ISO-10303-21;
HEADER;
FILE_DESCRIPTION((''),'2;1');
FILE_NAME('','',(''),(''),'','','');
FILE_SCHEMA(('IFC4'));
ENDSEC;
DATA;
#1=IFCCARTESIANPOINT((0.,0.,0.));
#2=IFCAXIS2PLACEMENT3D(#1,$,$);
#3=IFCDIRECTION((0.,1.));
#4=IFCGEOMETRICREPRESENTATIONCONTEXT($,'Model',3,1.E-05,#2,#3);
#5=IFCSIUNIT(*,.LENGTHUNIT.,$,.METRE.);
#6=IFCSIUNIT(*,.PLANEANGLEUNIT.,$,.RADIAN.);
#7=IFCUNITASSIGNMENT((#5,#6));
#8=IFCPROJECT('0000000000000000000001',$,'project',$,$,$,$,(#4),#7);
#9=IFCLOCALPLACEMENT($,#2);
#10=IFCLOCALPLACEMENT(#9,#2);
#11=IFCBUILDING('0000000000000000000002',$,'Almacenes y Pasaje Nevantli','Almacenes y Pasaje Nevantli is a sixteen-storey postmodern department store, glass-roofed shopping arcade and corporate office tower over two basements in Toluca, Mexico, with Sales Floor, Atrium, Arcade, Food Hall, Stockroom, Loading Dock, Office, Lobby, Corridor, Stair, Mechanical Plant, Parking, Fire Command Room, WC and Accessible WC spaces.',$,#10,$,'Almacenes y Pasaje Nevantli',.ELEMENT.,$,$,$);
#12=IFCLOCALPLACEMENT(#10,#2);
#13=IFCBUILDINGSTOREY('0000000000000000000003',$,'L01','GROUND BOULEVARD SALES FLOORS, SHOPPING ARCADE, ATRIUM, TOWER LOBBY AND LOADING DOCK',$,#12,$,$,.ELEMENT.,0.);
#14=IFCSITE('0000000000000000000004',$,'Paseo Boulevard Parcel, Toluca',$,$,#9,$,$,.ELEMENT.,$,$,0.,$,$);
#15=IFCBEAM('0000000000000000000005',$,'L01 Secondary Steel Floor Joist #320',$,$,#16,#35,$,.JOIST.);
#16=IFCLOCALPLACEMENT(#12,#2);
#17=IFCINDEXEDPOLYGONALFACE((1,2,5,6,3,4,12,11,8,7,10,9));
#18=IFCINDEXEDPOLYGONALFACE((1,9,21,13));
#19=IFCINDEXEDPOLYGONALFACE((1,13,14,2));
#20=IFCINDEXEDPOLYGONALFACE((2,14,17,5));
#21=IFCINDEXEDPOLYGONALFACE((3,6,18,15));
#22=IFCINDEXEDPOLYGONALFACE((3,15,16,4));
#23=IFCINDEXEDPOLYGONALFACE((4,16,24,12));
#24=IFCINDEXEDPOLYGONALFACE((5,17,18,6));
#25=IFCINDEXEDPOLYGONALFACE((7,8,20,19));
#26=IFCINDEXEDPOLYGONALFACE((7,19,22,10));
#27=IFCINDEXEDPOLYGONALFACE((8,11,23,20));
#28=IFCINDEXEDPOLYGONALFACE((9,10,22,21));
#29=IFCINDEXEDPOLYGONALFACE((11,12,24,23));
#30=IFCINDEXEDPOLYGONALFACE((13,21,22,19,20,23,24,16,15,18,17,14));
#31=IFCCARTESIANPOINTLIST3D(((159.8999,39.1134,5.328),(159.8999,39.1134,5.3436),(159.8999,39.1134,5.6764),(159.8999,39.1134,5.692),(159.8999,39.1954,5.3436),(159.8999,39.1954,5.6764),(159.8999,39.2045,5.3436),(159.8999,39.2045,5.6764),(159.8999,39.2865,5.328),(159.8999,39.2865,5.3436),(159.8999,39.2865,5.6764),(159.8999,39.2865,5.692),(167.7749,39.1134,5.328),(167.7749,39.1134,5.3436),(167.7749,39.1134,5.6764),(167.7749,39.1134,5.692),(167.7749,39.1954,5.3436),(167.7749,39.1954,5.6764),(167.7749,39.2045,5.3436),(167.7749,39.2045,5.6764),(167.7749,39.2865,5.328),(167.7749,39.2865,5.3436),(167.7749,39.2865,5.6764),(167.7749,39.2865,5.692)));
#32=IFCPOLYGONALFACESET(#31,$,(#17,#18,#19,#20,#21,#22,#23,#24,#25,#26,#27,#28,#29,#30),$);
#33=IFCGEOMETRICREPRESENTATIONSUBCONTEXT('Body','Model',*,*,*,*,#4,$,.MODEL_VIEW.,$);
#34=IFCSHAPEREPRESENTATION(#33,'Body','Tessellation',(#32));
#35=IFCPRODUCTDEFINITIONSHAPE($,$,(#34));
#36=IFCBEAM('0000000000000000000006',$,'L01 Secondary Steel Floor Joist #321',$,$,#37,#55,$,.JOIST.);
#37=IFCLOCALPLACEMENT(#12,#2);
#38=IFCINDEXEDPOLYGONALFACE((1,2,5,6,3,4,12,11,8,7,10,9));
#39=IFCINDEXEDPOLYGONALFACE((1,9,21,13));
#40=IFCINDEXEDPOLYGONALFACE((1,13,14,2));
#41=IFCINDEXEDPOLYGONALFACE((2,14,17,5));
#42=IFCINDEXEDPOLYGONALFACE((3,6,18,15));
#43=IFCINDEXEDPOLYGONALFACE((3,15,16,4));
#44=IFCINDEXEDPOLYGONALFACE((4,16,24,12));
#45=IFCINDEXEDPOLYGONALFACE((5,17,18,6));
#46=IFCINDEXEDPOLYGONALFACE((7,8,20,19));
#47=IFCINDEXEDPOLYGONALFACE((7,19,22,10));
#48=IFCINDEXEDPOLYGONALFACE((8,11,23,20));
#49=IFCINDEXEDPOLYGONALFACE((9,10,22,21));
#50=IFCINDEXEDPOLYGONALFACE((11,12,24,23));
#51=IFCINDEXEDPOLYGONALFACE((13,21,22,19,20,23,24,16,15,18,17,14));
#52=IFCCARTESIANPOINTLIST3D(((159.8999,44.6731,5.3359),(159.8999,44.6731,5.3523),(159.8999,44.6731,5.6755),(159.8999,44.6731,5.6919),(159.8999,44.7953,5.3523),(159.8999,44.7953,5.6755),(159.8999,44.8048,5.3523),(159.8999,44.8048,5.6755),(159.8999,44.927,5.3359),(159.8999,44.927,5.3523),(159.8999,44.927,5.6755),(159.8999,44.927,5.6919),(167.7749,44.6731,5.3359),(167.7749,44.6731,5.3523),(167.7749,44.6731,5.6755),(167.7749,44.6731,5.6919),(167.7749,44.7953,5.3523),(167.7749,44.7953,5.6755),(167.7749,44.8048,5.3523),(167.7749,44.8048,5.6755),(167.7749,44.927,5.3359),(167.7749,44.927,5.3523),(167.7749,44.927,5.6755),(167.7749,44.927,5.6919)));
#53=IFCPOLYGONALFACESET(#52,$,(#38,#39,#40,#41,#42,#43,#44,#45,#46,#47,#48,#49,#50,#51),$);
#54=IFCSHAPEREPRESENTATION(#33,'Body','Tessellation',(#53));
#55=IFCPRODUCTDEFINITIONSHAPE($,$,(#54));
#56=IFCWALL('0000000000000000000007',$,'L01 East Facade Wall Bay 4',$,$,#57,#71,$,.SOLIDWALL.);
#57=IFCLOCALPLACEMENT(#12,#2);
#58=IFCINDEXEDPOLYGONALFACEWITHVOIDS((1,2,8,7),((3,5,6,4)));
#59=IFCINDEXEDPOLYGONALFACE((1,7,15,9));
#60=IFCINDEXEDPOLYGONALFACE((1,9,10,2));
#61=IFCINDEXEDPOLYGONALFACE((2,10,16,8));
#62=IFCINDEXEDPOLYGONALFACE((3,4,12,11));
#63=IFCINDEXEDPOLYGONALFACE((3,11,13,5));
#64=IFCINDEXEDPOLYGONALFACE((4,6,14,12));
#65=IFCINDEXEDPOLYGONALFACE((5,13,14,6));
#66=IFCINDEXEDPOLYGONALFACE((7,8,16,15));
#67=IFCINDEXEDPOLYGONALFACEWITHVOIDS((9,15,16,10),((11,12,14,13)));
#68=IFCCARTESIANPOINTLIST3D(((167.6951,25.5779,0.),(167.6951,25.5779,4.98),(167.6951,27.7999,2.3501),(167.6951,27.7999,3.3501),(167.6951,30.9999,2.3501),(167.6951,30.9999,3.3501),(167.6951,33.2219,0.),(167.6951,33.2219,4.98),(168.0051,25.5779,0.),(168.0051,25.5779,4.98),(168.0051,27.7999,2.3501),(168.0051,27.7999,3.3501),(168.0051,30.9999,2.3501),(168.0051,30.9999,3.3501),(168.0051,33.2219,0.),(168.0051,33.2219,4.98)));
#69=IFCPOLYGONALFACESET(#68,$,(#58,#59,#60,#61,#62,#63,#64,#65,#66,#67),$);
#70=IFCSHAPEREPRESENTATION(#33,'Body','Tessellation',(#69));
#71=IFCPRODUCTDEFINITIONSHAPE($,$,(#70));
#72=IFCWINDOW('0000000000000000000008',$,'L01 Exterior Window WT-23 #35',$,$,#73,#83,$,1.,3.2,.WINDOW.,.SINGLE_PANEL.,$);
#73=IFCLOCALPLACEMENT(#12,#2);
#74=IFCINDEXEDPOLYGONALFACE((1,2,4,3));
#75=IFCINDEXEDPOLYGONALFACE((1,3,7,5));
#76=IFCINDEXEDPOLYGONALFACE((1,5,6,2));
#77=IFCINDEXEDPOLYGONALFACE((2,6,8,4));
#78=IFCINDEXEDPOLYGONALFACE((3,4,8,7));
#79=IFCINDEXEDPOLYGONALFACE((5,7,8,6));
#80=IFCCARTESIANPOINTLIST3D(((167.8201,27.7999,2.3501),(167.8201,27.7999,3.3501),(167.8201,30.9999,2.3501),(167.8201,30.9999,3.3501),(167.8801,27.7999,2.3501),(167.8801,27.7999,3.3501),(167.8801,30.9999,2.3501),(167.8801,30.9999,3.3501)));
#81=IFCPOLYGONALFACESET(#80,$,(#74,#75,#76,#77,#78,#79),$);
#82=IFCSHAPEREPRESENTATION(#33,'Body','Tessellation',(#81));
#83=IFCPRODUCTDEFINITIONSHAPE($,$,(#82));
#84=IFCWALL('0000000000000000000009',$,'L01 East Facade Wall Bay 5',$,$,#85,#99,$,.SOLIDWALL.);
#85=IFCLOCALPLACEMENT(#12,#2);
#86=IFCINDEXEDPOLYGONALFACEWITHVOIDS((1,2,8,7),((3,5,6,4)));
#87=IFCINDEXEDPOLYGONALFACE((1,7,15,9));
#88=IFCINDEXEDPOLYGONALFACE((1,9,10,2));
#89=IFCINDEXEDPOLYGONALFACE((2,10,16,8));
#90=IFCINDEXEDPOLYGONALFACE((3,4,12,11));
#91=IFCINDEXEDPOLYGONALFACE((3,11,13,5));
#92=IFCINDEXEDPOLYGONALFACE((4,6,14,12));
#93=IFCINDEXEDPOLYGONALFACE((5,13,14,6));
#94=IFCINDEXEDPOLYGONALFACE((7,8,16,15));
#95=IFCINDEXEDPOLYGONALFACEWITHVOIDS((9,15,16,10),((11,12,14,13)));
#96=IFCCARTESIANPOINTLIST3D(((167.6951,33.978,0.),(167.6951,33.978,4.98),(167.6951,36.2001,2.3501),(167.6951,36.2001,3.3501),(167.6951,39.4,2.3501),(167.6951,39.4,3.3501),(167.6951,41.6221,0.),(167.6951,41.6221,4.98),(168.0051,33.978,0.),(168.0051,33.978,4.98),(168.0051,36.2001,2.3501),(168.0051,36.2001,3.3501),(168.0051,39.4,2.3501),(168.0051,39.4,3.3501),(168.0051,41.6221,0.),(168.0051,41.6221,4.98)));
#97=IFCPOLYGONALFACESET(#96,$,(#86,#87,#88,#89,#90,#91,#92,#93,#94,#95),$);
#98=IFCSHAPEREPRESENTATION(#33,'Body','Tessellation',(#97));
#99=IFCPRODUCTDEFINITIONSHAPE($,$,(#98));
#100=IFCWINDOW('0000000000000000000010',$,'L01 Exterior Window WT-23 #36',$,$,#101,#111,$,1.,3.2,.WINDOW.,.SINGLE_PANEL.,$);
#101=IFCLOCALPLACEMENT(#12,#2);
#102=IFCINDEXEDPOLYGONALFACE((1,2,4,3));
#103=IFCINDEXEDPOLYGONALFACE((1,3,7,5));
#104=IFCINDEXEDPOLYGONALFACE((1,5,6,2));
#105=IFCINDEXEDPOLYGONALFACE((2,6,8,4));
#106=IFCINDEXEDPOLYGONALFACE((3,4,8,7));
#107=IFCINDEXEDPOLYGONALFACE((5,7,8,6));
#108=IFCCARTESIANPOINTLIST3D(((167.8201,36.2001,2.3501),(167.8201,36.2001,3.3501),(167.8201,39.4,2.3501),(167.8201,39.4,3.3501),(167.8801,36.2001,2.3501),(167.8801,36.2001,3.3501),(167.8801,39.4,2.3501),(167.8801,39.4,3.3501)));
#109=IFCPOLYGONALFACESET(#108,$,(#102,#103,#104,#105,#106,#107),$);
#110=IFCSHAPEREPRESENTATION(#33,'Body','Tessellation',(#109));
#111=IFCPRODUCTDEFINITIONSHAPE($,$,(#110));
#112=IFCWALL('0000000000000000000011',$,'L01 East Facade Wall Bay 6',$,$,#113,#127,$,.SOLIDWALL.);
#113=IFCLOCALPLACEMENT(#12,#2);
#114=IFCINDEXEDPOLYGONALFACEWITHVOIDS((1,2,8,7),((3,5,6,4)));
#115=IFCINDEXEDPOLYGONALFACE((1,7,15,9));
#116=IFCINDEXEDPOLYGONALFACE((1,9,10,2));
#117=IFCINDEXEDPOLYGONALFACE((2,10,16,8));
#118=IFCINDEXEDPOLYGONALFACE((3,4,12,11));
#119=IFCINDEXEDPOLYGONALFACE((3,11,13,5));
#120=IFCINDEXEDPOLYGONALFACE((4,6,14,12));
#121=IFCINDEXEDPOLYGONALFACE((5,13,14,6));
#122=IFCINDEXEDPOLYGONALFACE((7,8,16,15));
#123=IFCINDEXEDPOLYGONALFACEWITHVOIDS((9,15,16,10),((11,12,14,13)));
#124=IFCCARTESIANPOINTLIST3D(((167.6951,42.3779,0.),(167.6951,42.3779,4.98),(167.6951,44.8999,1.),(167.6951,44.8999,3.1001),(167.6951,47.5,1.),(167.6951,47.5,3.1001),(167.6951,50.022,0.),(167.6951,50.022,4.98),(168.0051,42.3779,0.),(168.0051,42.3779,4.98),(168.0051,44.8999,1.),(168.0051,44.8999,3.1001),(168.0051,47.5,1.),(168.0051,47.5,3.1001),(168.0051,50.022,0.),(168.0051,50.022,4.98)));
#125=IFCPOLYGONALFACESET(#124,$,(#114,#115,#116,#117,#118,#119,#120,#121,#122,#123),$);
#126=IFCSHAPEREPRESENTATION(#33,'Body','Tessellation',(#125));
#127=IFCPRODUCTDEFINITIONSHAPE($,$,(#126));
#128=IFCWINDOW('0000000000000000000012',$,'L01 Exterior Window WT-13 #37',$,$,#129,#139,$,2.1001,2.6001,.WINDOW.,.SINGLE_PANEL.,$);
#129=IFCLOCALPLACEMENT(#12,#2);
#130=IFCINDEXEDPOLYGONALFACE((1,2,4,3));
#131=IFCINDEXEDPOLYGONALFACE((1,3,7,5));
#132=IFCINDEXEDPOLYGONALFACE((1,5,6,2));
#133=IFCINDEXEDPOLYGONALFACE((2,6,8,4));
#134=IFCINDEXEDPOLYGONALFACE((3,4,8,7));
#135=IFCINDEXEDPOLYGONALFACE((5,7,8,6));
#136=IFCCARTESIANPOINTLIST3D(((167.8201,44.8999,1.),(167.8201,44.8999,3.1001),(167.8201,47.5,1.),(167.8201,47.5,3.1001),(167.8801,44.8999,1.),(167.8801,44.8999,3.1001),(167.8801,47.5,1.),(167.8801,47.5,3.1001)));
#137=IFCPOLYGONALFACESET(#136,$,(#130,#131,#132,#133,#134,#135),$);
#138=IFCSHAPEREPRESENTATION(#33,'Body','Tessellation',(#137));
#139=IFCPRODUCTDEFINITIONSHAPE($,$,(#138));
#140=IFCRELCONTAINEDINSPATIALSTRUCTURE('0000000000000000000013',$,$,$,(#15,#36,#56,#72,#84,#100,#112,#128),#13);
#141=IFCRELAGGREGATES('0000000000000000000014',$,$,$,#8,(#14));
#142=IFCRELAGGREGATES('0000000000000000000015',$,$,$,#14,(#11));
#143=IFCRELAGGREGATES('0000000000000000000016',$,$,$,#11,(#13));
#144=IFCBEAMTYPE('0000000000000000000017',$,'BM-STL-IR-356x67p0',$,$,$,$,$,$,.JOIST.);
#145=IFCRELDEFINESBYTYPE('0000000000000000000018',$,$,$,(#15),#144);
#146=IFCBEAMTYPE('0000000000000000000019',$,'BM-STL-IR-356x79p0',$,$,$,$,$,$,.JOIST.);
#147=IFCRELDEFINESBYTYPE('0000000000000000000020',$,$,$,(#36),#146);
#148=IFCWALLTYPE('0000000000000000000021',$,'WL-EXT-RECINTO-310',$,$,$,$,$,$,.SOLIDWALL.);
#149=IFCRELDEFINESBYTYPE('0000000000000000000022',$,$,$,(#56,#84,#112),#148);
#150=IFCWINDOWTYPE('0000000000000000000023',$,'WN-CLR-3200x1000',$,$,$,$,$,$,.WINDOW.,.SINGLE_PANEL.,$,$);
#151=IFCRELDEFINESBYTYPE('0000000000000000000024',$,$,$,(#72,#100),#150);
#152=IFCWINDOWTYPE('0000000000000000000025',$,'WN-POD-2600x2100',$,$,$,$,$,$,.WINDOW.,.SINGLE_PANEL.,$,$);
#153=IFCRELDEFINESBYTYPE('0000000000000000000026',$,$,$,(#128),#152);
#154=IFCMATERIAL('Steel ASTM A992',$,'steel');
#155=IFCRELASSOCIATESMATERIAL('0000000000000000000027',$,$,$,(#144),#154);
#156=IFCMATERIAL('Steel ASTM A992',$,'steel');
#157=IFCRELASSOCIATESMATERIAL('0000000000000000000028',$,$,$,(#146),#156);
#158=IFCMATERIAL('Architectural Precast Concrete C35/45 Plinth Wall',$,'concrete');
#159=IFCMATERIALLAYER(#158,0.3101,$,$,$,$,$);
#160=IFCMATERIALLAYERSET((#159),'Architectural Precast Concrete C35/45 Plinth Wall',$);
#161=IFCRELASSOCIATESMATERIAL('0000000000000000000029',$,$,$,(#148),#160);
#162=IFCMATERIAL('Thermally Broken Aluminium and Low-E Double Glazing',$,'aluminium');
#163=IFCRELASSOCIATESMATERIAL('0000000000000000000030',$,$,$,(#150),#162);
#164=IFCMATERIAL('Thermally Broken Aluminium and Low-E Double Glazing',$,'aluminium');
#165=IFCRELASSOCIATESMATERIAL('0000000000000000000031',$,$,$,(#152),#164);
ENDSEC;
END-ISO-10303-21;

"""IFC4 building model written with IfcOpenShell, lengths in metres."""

from ifc_helpers import new_model, si_unit, direction, frame, frame_2d, origin, origin_2d, place, context, subcontext, project, spatial, rectangle, i_section, extrude, material, layer, layer_set, material_profile, profile_set, type_object, element, fill, save


model = new_model("IFC4")

# Units and contexts
model_context = context("Model", 3, precision=1e-05, world=origin(), true_north=direction((0.0, 1.0)))
body_context = subcontext(model_context, "Body", "Model", "MODEL_VIEW")
ifc_project = project(units=[si_unit("LENGTHUNIT", "METRE"), si_unit("PLANEANGLEUNIT", "RADIAN")], contexts=[model_context])

# Site, building, storey
site_placement = place(None, origin())
site = spatial("IfcSite", under=ifc_project, at=site_placement, Name="Paseo Boulevard Parcel, Toluca", CompositionType="ELEMENT", RefElevation=0.0)
building_placement = place(site_placement, origin())
building = spatial("IfcBuilding", under=site, at=building_placement, Name="Almacenes y Pasaje Nevantli", Description="Almacenes y Pasaje Nevantli is a sixteen-storey postmodern department store, glass-roofed shopping arcade and corporate office tower over two basements in Toluca, Mexico, with Sales Floor, Atrium, Arcade, Food Hall, Stockroom, Loading Dock, Office, Lobby, Corridor, Stair, Mechanical Plant, Parking, Fire Command Room, WC and Accessible WC spaces.", LongName="Almacenes y Pasaje Nevantli", CompositionType="ELEMENT")
storey_placement = place(building_placement, origin())
storey = spatial("IfcBuildingStorey", under=building, at=storey_placement, Name="L01", Description="GROUND BOULEVARD SALES FLOORS, SHOPPING ARCADE, ATRIUM, TOWER LOBBY AND LOADING DOCK", CompositionType="ELEMENT", Elevation=0.0)

# Beams
ifc_material_1 = material(Name="Steel ASTM A992", Category="steel")
ifc_material_profile_1 = material_profile(ifc_material_1, i_section(OverallWidth=0.1731, OverallDepth=0.364, WebThickness=0.009, FlangeThickness=0.0156, at=origin_2d()), Name="IR 356x67.0")
ifc_profile_set_1 = profile_set([ifc_material_profile_1], Name="Steel ASTM A992")
beam_type_1 = type_object("IfcBeamType", Name="BM-STL-IR-356x67p0", PredefinedType="JOIST", material=ifc_profile_set_1)
for number, where, z_axis, x_axis, name in (
    (1, (159.8999, 39.2, 5.51), (1.0, 0.0, 0.0), (0.0, 1.0, 0.0), "L01 Secondary Steel Floor Joist #320"),
):
    element("IfcBeam", number, at=place(storey_placement, frame(where, z_axis=z_axis, x_axis=x_axis)), inside=storey, type_object=beam_type_1, Name=name, PredefinedType="JOIST", context=body_context, shape_type="SweptSolid", body=[
        extrude(i_section(OverallWidth=0.1731, OverallDepth=0.364, WebThickness=0.009, FlangeThickness=0.0156, at=origin_2d()), origin(), (0.0, 0.0, 1.0), 7.875),
    ])
ifc_material_2 = material(Name="Steel ASTM A992", Category="steel")
ifc_material_profile_2 = material_profile(ifc_material_2, i_section(OverallWidth=0.2539, OverallDepth=0.356, WebThickness=0.0095, FlangeThickness=0.0164, at=origin_2d()), Name="IR 356x79.0")
ifc_profile_set_2 = profile_set([ifc_material_profile_2], Name="Steel ASTM A992")
beam_type_2 = type_object("IfcBeamType", Name="BM-STL-IR-356x79p0", PredefinedType="JOIST", material=ifc_profile_set_2)
beam_1_placement = place(storey_placement, frame((159.8999, 44.8, 5.5139), z_axis=(1.0, 0.0, 0.0), x_axis=(0.0, 1.0, 0.0)))
element("IfcBeam", 2, at=beam_1_placement, inside=storey, type_object=beam_type_2, Name="L01 Secondary Steel Floor Joist #321", PredefinedType="JOIST", context=body_context, shape_type="SweptSolid", body=[
    extrude(i_section(OverallWidth=0.2539, OverallDepth=0.356, WebThickness=0.0095, FlangeThickness=0.0164, at=origin_2d()), origin(), (0.0, 0.0, 1.0), 7.875),
])

# Walls, openings, windows
ifc_material_3 = material(Name="Architectural Precast Concrete C35/45 Plinth Wall", Category="concrete")
ifc_layer = layer(ifc_material_3, 0.3101)
ifc_layer_set = layer_set([ifc_layer], Name="Architectural Precast Concrete C35/45 Plinth Wall")
wall_type = type_object("IfcWallType", Name="WL-EXT-RECINTO-310", PredefinedType="SOLIDWALL", material=ifc_layer_set)
wall_1_placement = place(storey_placement, frame((167.8501, 25.5779, 0.0), z_axis=(0.0, 0.0, 1.0), x_axis=(0.0, 1.0, 0.0)))
wall_1 = element("IfcWall", 3, at=wall_1_placement, inside=storey, type_object=wall_type, Name="L01 East Facade Wall Bay 4", PredefinedType="SOLIDWALL", context=body_context, shape_type="SweptSolid", body=[
    extrude(rectangle(XDim=7.644, YDim=0.3101, at=frame_2d((3.822, 0.0))), origin(), (0.0, 0.0, 1.0), 4.98),
])
opening_1_placement = place(wall_1_placement, frame((2.2219, 0.0, 2.3501)))
opening_1 = element("IfcOpeningElement", 4, at=opening_1_placement, cuts=wall_1, PredefinedType="OPENING", context=body_context, shape_type="SweptSolid", body=[
    extrude(rectangle(XDim=3.2, YDim=1.0, at=frame_2d((1.6001, 0.5))), frame((0.0, 0.165, 0.0), z_axis=(0.0, -1.0, 0.0), x_axis=(1.0, 0.0, 0.0)), (0.0, 0.0, 1.0), 0.3301),
])
ifc_material_4 = material(Name="Thermally Broken Aluminium and Low-E Double Glazing", Category="aluminium")
window_type_1 = type_object("IfcWindowType", Name="WN-CLR-3200x1000", PartitioningType="SINGLE_PANEL", PredefinedType="WINDOW", material=ifc_material_4)
window_1_placement = place(opening_1_placement, origin())
window_1 = element("IfcWindow", 5, at=window_1_placement, inside=storey, type_object=window_type_1, Name="L01 Exterior Window WT-23 #35", OverallHeight=1.0, OverallWidth=3.2, PartitioningType="SINGLE_PANEL", PredefinedType="WINDOW", context=body_context, shape_type="SweptSolid", body=[
    extrude(rectangle(XDim=3.2, YDim=1.0, at=frame_2d((1.6001, 0.5))), frame((0.0, 0.03, 0.0), z_axis=(0.0, -1.0, 0.0), x_axis=(1.0, 0.0, 0.0)), (0.0, 0.0, 1.0), 0.0601),
])
fill(opening_1, window_1)
wall_2_placement = place(storey_placement, frame((167.8501, 33.978, 0.0), z_axis=(0.0, 0.0, 1.0), x_axis=(0.0, 1.0, 0.0)))
wall_2 = element("IfcWall", 6, at=wall_2_placement, inside=storey, type_object=wall_type, Name="L01 East Facade Wall Bay 5", PredefinedType="SOLIDWALL", context=body_context, shape_type="SweptSolid", body=[
    extrude(rectangle(XDim=7.644, YDim=0.3101, at=frame_2d((3.822, 0.0))), origin(), (0.0, 0.0, 1.0), 4.98),
])
opening_2_placement = place(wall_2_placement, frame((2.2219, 0.0, 2.3501)))
opening_2 = element("IfcOpeningElement", 7, at=opening_2_placement, cuts=wall_2, PredefinedType="OPENING", context=body_context, shape_type="SweptSolid", body=[
    extrude(rectangle(XDim=3.2, YDim=1.0, at=frame_2d((1.6001, 0.5))), frame((0.0, 0.165, 0.0), z_axis=(0.0, -1.0, 0.0), x_axis=(1.0, 0.0, 0.0)), (0.0, 0.0, 1.0), 0.3301),
])
window_2_placement = place(opening_2_placement, origin())
window_2 = element("IfcWindow", 8, at=window_2_placement, inside=storey, type_object=window_type_1, Name="L01 Exterior Window WT-23 #36", OverallHeight=1.0, OverallWidth=3.2, PartitioningType="SINGLE_PANEL", PredefinedType="WINDOW", context=body_context, shape_type="SweptSolid", body=[
    extrude(rectangle(XDim=3.2, YDim=1.0, at=frame_2d((1.6001, 0.5))), frame((0.0, 0.03, 0.0), z_axis=(0.0, -1.0, 0.0), x_axis=(1.0, 0.0, 0.0)), (0.0, 0.0, 1.0), 0.0601),
])
fill(opening_2, window_2)
wall_3_placement = place(storey_placement, frame((167.8501, 42.3779, 0.0), z_axis=(0.0, 0.0, 1.0), x_axis=(0.0, 1.0, 0.0)))
wall_3 = element("IfcWall", 9, at=wall_3_placement, inside=storey, type_object=wall_type, Name="L01 East Facade Wall Bay 6", PredefinedType="SOLIDWALL", context=body_context, shape_type="SweptSolid", body=[
    extrude(rectangle(XDim=7.644, YDim=0.3101, at=frame_2d((3.822, 0.0))), origin(), (0.0, 0.0, 1.0), 4.98),
])
opening_3_placement = place(wall_3_placement, frame((2.522, 0.0, 1.0)))
opening_3 = element("IfcOpeningElement", 10, at=opening_3_placement, cuts=wall_3, PredefinedType="OPENING", context=body_context, shape_type="SweptSolid", body=[
    extrude(rectangle(XDim=2.6001, YDim=2.1001, at=frame_2d((1.3, 1.05))), frame((0.0, 0.165, 0.0), z_axis=(0.0, -1.0, 0.0), x_axis=(1.0, 0.0, 0.0)), (0.0, 0.0, 1.0), 0.3301),
])
ifc_material_5 = material(Name="Thermally Broken Aluminium and Low-E Double Glazing", Category="aluminium")
window_type_2 = type_object("IfcWindowType", Name="WN-POD-2600x2100", PartitioningType="SINGLE_PANEL", PredefinedType="WINDOW", material=ifc_material_5)
window_3_placement = place(opening_3_placement, origin())
window_3 = element("IfcWindow", 11, at=window_3_placement, inside=storey, type_object=window_type_2, Name="L01 Exterior Window WT-13 #37", OverallHeight=2.1001, OverallWidth=2.6001, PartitioningType="SINGLE_PANEL", PredefinedType="WINDOW", context=body_context, shape_type="SweptSolid", body=[
    extrude(rectangle(XDim=2.6001, YDim=2.1001, at=frame_2d((1.3, 1.05))), frame((0.0, 0.03, 0.0), z_axis=(0.0, -1.0, 0.0), x_axis=(1.0, 0.0, 0.0)), (0.0, 0.0, 1.0), 0.0601),
])
fill(opening_3, window_3)

save(model, "model.ifc")
